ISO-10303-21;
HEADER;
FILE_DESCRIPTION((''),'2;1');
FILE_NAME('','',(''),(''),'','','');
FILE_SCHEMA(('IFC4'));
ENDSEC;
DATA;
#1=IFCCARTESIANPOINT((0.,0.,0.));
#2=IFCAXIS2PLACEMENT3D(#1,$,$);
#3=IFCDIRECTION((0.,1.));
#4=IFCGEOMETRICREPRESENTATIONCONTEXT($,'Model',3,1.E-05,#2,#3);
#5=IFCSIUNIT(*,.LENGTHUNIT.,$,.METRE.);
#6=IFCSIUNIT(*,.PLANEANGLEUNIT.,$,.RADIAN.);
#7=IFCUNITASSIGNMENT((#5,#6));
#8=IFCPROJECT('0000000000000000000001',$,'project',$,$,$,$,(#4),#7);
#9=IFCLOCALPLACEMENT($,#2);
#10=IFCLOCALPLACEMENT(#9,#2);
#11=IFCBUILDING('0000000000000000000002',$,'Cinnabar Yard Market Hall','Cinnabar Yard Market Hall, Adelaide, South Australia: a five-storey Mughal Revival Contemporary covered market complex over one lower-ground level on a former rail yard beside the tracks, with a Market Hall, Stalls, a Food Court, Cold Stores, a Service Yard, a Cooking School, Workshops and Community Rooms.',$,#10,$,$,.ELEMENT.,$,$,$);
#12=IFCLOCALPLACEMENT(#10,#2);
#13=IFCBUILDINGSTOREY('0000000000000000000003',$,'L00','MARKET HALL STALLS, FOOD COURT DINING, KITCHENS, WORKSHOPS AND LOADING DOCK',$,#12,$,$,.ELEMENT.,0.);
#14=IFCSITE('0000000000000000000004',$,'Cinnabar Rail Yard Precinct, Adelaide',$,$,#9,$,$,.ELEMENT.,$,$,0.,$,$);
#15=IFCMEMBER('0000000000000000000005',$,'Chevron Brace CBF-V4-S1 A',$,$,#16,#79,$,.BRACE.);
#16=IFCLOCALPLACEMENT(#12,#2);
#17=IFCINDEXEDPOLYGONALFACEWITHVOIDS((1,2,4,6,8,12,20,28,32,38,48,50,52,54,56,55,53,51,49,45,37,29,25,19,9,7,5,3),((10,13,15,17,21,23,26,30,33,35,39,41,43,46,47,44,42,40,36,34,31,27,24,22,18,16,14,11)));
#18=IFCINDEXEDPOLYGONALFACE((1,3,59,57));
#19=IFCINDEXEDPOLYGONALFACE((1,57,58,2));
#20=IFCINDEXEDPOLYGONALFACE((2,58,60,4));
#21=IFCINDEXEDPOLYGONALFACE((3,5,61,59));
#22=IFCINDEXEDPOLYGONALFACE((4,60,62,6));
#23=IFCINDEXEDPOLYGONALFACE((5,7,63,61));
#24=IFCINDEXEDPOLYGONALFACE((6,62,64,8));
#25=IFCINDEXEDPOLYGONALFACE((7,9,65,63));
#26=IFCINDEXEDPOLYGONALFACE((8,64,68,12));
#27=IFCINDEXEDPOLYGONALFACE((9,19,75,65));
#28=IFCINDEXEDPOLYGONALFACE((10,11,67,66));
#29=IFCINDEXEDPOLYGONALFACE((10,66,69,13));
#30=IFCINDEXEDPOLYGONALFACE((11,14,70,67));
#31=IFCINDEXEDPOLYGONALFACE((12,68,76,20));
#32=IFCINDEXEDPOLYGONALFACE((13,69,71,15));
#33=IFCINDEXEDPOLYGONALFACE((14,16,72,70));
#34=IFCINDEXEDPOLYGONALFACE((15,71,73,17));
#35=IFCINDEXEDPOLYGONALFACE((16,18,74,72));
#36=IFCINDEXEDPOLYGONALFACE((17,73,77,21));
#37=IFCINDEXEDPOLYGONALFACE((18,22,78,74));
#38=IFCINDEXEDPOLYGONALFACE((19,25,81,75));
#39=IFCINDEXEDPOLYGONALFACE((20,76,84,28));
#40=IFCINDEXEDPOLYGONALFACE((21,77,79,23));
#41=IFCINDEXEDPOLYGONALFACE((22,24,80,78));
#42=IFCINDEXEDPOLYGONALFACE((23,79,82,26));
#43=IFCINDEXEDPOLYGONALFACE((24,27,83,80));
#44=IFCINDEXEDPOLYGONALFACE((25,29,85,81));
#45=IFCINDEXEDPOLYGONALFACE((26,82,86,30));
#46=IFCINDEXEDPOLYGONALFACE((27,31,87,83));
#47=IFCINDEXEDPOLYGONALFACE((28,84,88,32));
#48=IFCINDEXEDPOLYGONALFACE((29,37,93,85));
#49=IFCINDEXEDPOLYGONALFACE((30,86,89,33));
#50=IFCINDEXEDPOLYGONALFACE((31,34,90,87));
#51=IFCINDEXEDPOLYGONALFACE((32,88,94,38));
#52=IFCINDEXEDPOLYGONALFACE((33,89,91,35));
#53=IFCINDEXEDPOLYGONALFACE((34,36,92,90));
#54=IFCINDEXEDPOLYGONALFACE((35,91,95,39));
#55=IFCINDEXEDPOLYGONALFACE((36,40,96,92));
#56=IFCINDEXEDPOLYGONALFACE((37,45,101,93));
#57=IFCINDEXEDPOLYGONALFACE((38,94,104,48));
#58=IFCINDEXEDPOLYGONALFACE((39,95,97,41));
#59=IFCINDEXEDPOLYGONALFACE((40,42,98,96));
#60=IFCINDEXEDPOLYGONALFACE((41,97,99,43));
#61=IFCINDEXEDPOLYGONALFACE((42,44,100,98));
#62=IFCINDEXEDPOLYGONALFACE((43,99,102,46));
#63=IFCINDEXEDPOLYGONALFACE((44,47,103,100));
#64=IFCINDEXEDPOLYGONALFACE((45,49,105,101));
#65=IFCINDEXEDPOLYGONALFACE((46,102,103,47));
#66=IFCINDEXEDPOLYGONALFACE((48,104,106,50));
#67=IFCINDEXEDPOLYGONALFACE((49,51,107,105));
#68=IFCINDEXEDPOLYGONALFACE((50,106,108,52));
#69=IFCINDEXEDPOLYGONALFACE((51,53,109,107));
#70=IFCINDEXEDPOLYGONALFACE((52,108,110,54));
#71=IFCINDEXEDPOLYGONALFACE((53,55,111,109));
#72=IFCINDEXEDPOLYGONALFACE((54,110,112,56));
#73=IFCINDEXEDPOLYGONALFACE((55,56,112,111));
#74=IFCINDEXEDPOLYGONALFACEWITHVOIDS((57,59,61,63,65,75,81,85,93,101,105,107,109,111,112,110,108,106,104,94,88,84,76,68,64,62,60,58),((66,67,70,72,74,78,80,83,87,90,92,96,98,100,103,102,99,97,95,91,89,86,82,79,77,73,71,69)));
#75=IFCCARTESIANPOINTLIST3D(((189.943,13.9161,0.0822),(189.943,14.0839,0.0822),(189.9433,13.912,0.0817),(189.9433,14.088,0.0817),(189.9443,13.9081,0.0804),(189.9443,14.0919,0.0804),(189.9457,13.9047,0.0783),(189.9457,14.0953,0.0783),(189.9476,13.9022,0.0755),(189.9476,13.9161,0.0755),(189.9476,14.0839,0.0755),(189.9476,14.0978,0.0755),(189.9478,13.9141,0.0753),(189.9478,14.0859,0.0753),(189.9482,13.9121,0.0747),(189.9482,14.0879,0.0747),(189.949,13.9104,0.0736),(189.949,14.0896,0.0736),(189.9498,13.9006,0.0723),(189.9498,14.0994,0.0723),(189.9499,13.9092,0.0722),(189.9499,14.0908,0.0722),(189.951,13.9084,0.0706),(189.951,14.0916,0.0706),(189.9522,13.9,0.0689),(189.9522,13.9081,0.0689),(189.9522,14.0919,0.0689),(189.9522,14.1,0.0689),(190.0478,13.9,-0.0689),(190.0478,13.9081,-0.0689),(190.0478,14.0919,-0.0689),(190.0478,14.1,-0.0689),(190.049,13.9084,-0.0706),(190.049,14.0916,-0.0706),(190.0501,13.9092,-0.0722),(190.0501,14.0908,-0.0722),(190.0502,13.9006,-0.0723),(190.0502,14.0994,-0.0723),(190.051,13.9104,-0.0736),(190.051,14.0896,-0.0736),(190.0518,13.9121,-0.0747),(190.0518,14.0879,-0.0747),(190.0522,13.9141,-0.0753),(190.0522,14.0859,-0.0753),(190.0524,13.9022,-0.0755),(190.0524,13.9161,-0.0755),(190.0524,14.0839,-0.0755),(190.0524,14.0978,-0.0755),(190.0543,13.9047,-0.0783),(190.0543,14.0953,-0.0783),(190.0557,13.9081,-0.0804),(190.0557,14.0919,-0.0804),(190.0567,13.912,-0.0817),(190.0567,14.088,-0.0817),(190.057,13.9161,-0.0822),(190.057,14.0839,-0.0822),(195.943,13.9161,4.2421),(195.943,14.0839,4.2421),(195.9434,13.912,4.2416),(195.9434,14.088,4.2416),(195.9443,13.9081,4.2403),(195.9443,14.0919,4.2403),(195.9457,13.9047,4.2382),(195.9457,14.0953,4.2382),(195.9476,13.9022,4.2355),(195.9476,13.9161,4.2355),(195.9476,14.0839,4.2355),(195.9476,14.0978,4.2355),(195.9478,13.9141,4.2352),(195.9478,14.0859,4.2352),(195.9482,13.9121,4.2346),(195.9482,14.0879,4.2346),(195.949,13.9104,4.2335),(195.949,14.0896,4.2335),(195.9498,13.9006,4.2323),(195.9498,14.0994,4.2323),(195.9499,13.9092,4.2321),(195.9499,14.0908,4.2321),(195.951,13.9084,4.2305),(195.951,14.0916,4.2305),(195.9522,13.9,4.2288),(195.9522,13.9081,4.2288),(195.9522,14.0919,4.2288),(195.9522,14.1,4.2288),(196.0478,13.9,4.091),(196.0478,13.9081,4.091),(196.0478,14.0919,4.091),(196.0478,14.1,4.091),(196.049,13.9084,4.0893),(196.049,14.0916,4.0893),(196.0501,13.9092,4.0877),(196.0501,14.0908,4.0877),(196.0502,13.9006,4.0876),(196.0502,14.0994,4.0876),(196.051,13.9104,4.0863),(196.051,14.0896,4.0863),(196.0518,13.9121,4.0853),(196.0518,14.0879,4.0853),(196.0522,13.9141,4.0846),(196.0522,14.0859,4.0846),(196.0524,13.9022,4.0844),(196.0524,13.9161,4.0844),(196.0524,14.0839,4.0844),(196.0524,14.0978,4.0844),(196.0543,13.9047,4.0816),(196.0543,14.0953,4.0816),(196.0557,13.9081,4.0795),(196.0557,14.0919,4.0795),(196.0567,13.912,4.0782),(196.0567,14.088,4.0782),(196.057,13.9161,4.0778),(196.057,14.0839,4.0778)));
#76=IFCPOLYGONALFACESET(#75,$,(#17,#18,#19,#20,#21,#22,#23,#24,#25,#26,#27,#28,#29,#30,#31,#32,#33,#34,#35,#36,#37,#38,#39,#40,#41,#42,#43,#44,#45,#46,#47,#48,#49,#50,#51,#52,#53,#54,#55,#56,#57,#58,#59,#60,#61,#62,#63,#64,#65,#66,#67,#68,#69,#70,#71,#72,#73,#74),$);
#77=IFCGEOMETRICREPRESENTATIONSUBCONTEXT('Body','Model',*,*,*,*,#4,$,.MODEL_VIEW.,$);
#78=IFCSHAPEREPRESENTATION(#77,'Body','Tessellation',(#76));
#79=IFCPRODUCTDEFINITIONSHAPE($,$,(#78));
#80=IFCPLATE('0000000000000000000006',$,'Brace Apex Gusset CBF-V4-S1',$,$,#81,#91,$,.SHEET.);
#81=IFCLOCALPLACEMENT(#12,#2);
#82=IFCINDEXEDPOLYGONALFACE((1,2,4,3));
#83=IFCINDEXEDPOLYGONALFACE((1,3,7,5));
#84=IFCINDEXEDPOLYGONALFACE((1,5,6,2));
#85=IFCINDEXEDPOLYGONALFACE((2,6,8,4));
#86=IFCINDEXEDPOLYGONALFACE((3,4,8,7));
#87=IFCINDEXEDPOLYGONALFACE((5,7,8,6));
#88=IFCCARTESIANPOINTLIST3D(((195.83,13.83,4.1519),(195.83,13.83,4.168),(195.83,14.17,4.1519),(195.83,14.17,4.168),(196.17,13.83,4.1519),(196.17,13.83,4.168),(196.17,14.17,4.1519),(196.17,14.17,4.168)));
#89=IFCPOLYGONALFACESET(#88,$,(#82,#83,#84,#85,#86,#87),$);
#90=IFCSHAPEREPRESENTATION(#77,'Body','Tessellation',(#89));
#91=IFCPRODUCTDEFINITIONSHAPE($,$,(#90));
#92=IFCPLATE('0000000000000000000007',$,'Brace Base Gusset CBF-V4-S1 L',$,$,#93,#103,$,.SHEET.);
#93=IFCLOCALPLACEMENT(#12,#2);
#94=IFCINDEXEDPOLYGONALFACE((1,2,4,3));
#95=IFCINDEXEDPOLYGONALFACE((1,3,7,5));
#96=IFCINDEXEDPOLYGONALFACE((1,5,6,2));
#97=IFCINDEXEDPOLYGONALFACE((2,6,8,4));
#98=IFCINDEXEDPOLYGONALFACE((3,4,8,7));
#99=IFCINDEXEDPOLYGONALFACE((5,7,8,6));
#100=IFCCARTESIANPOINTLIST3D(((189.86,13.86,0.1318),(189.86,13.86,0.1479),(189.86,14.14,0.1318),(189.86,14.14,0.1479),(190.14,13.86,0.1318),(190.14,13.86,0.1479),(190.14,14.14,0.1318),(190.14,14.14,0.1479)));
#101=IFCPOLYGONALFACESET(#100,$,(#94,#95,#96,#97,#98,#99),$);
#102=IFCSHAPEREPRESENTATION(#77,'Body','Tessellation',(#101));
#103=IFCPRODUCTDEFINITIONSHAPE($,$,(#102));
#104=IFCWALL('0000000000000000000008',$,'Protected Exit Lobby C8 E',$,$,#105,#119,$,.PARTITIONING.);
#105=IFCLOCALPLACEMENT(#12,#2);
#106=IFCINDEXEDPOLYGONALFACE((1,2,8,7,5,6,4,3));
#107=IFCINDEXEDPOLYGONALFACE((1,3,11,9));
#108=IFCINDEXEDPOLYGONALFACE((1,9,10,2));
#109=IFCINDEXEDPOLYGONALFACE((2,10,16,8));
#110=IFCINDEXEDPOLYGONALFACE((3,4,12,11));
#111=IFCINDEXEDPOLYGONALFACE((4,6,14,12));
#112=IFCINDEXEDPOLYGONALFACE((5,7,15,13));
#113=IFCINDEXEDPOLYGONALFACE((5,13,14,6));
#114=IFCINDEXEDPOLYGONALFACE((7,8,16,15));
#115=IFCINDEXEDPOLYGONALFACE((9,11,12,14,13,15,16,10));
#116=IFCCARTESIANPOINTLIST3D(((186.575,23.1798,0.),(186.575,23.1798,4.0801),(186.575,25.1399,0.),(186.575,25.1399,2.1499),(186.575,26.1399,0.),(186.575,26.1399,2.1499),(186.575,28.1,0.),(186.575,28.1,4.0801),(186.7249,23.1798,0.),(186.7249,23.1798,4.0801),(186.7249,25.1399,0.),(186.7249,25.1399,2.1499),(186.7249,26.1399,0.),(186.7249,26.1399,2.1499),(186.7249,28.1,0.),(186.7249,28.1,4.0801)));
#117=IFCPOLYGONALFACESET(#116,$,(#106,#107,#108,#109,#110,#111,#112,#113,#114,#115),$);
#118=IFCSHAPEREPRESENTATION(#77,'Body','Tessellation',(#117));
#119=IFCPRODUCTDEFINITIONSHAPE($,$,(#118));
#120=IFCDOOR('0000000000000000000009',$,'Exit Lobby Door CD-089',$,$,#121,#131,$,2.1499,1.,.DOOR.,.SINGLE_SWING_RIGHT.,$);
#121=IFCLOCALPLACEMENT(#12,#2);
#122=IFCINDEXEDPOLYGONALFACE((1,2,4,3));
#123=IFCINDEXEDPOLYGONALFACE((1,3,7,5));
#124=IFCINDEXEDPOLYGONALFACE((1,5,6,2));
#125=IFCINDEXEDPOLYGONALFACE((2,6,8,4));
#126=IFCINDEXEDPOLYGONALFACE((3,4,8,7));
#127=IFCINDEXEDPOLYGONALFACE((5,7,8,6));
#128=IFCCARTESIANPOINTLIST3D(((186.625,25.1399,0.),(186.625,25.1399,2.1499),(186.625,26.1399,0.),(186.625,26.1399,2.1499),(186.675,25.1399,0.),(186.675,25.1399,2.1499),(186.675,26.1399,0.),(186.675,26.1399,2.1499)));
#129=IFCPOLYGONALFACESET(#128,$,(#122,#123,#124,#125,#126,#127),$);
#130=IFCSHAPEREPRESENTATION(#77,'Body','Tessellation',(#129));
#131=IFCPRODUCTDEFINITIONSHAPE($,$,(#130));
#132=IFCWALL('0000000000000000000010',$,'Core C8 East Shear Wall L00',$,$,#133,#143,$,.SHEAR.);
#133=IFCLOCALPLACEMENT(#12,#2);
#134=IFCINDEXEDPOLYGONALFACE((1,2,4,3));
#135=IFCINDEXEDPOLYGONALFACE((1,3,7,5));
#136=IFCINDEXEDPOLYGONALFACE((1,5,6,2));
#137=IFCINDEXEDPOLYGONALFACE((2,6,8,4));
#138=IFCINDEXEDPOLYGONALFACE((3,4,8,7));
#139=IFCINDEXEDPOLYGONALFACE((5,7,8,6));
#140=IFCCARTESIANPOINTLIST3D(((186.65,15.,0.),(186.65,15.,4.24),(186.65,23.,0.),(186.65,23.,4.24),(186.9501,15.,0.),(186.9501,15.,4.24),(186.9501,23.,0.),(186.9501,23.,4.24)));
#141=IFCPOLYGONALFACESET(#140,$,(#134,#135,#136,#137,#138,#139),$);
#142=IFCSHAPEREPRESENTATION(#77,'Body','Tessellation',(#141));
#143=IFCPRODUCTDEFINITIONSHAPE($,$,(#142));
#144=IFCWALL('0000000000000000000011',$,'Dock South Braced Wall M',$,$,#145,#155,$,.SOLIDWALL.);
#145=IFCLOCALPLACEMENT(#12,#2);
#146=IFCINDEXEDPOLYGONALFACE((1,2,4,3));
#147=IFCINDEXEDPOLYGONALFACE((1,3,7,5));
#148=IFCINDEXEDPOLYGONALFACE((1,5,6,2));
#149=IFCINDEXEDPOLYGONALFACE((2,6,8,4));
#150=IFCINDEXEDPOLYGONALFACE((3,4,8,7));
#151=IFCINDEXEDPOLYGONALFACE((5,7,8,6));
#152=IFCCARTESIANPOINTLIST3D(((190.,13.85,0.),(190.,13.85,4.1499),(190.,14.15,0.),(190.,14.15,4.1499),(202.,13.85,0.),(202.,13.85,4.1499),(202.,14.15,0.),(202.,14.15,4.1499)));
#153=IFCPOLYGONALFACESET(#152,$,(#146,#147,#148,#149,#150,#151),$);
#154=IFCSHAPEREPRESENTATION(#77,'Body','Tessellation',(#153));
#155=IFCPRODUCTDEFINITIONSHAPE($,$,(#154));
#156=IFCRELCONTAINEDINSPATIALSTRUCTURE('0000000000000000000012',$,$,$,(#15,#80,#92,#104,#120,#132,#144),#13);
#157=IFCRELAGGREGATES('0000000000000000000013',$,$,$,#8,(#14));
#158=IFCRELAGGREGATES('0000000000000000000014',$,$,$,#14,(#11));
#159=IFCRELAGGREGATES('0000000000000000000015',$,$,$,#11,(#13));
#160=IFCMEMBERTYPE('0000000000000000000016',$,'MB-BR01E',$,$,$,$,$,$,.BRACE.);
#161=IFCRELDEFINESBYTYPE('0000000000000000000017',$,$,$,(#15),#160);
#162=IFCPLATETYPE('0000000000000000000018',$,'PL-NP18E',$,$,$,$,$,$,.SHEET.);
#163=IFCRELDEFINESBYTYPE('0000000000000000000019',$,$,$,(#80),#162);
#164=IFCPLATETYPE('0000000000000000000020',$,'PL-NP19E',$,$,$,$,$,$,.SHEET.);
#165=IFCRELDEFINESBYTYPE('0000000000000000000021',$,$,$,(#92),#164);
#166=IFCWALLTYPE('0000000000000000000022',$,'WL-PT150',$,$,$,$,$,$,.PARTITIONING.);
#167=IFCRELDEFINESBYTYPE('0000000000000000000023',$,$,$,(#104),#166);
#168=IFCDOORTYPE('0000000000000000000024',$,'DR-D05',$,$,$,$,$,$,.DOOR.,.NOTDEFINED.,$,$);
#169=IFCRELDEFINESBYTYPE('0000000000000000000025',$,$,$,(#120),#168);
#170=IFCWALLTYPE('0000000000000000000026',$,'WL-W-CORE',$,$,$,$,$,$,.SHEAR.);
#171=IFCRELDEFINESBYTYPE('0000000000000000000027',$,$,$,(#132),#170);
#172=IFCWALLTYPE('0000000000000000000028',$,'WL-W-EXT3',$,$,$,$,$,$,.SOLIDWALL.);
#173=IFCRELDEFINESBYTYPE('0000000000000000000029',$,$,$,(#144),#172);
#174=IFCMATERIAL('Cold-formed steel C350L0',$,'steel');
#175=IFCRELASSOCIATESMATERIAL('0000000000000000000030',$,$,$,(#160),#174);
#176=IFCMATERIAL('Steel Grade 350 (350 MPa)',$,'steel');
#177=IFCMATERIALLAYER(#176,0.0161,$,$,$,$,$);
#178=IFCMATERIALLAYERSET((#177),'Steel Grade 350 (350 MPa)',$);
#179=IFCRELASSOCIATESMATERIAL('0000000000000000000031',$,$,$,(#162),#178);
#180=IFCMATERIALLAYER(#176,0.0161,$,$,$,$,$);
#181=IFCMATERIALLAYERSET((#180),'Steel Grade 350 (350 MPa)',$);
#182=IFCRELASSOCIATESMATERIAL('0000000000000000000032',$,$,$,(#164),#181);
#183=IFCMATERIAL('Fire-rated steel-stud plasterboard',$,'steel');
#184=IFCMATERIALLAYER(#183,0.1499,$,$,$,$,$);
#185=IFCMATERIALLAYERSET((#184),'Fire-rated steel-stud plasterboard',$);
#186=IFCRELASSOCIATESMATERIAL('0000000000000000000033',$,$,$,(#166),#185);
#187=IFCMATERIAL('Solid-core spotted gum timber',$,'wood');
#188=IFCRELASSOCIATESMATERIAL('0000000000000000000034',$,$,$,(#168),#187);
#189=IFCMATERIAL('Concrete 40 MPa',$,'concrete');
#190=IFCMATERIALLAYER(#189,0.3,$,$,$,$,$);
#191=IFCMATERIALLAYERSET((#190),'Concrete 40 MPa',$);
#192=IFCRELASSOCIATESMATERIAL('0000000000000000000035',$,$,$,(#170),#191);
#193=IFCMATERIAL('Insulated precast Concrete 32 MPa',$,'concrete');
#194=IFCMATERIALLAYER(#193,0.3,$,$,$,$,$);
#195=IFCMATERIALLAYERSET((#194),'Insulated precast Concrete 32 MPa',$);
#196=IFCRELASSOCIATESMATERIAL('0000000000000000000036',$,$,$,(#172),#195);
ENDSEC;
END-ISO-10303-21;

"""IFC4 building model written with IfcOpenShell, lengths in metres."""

from ifc_helpers import new_model, si_unit, direction, frame, frame_2d, origin, origin_2d_with_axis, place, context, subcontext, project, spatial, rectangle, hollow_rectangle, extrude, material, layer, layer_set, material_profile, profile_set, type_object, element, fill, save


model = new_model("IFC4")

# Units and contexts
model_context = context("Model", 3, precision=1e-05, world=origin(), true_north=direction((0.0, 1.0)))
body_context = subcontext(model_context, "Body", "Model", "MODEL_VIEW")
ifc_project = project(units=[si_unit("LENGTHUNIT", "METRE"), si_unit("PLANEANGLEUNIT", "RADIAN")], contexts=[model_context])

# Site, building, storey
site_placement = place(None, origin())
site = spatial("IfcSite", under=ifc_project, at=site_placement, Name="Cinnabar Rail Yard Precinct, Adelaide", CompositionType="ELEMENT", RefElevation=0.0)
building_placement = place(site_placement, origin())
building = spatial("IfcBuilding", under=site, at=building_placement, Name="Cinnabar Yard Market Hall", Description="Cinnabar Yard Market Hall, Adelaide, South Australia: a five-storey Mughal Revival Contemporary covered market complex over one lower-ground level on a former rail yard beside the tracks, with a Market Hall, Stalls, a Food Court, Cold Stores, a Service Yard, a Cooking School, Workshops and Community Rooms.", CompositionType="ELEMENT")
storey_placement = place(building_placement, origin())
storey = spatial("IfcBuildingStorey", under=building, at=storey_placement, Name="L00", Description="MARKET HALL STALLS, FOOD COURT DINING, KITCHENS, WORKSHOPS AND LOADING DOCK", CompositionType="ELEMENT", Elevation=0.0)

# Shared definitions
ifc_material_1 = material(Name="Concrete 40 MPa", Category="concrete")

# Shared definitions
ifc_material_2 = material(Name="Cold-formed steel C350L0", Category="steel")

# Member
ifc_material_profile_1 = material_profile(ifc_material_2, hollow_rectangle(XDim=0.2, YDim=0.2, WallThickness=0.0081, InnerFilletRadius=0.0081, OuterFilletRadius=0.0161, at=origin_2d_with_axis()), Name="200x200x8.0SHS")
ifc_profile_set_1 = profile_set([ifc_material_profile_1], Name="Cold-formed steel C350L0")
member_type = type_object("IfcMemberType", Name="MB-BR01E", PredefinedType="BRACE", material=ifc_profile_set_1)
member_placement = place(storey_placement, frame((190.0, 14.0, 0.0), z_axis=(0.821803, 0.0, 0.569771), x_axis=(0.0, 1.0, 0.0)))
element("IfcMember", 1, at=member_placement, inside=storey, type_object=member_type, Name="Chevron Brace CBF-V4-S1 A", PredefinedType="BRACE", context=body_context, shape_type="SweptSolid", body=[
    extrude(hollow_rectangle(XDim=0.2, YDim=0.2, WallThickness=0.0081, InnerFilletRadius=0.0081, OuterFilletRadius=0.0161, at=origin_2d_with_axis()), origin(), (0.0, 0.0, 1.0), 7.301),
])

# Plates
ifc_material_3 = material(Name="Steel Grade 350 (350 MPa)", Category="steel")
ifc_layer_1 = layer(ifc_material_3, 0.0161)
ifc_layer_set_1 = layer_set([ifc_layer_1], Name="Steel Grade 350 (350 MPa)")
plate_type_1 = type_object("IfcPlateType", Name="PL-NP18E", PredefinedType="SHEET", material=ifc_layer_set_1)
plate_1_placement = place(storey_placement, frame((196.0, 14.0, 4.1519), z_axis=(0.0, 0.0, 1.0), x_axis=(1.0, 0.0, 0.0)))
element("IfcPlate", 2, at=plate_1_placement, inside=storey, type_object=plate_type_1, Name="Brace Apex Gusset CBF-V4-S1", PredefinedType="SHEET", context=body_context, shape_type="SweptSolid", body=[
    extrude(rectangle(XDim=0.3401, YDim=0.3401, at=origin_2d_with_axis()), origin(), (0.0, 0.0, 1.0), 0.0161),
])
ifc_layer_2 = layer(ifc_material_3, 0.0161)
ifc_layer_set_2 = layer_set([ifc_layer_2], Name="Steel Grade 350 (350 MPa)")
plate_type_2 = type_object("IfcPlateType", Name="PL-NP19E", PredefinedType="SHEET", material=ifc_layer_set_2)
plate_2_placement = place(storey_placement, frame((190.0, 14.0, 0.1318), z_axis=(0.0, 0.0, 1.0), x_axis=(1.0, 0.0, 0.0)))
element("IfcPlate", 3, at=plate_2_placement, inside=storey, type_object=plate_type_2, Name="Brace Base Gusset CBF-V4-S1 L", PredefinedType="SHEET", context=body_context, shape_type="SweptSolid", body=[
    extrude(rectangle(XDim=0.28, YDim=0.28, at=origin_2d_with_axis()), origin(), (0.0, 0.0, 1.0), 0.0161),
])

# Wall, opening, door
ifc_material_4 = material(Name="Fire-rated steel-stud plasterboard", Category="steel")
ifc_layer_3 = layer(ifc_material_4, 0.1499)
ifc_layer_set_3 = layer_set([ifc_layer_3], Name="Fire-rated steel-stud plasterboard")
wall_type_1 = type_object("IfcWallType", Name="WL-PT150", PredefinedType="PARTITIONING", material=ifc_layer_set_3)
wall_1_placement = place(storey_placement, frame((186.6499, 23.1799, 0.0), z_axis=(0.0, 0.0, 1.0), x_axis=(0.0, 1.0, 0.0)))
wall_1 = element("IfcWall", 4, at=wall_1_placement, inside=storey, type_object=wall_type_1, Name="Protected Exit Lobby C8 E", PredefinedType="PARTITIONING", context=body_context, shape_type="SweptSolid", body=[
    extrude(rectangle(XDim=4.9202, YDim=0.1499, at=frame_2d((2.46, 0.0), x_axis=(1.0, 0.0))), origin(), (0.0, 0.0, 1.0), 4.0801),
])
opening_1_placement = place(wall_1_placement, frame((1.96, 0.0, 0.0)))
opening_1 = element("IfcOpeningElement", 5, at=opening_1_placement, cuts=wall_1, PredefinedType="OPENING", context=body_context, shape_type="SweptSolid", body=[
    extrude(rectangle(XDim=1.0, YDim=2.1499, at=frame_2d((0.5, 1.075), x_axis=(1.0, 0.0))), frame((0.0, 0.085, 0.0), z_axis=(0.0, -1.0, 0.0), x_axis=(1.0, 0.0, 0.0)), (0.0, 0.0, 1.0), 0.1699),
])
ifc_material_5 = material(Name="Solid-core spotted gum timber", Category="wood")
door_type_1 = type_object("IfcDoorType", Name="DR-D05", OperationType="NOTDEFINED", PredefinedType="DOOR", material=ifc_material_5)
door_1_placement = place(opening_1_placement, origin())
door_1 = element("IfcDoor", 6, at=door_1_placement, inside=storey, type_object=door_type_1, Name="Exit Lobby Door CD-089", OperationType="SINGLE_SWING_RIGHT", OverallHeight=2.1499, OverallWidth=1.0, PredefinedType="DOOR", context=body_context, shape_type="SweptSolid", body=[
    extrude(rectangle(XDim=1.0, YDim=2.1499, at=frame_2d((0.5, 1.075), x_axis=(1.0, 0.0))), frame((0.0, 0.0249, 0.0), z_axis=(0.0, -1.0, 0.0), x_axis=(1.0, 0.0, 0.0)), (0.0, 0.0, 1.0), 0.05),
])
fill(opening_1, door_1)

# Wall
ifc_layer_4 = layer(ifc_material_1, 0.3)
ifc_layer_set_4 = layer_set([ifc_layer_4], Name="Concrete 40 MPa")
wall_type_2 = type_object("IfcWallType", Name="WL-W-CORE", PredefinedType="SHEAR", material=ifc_layer_set_4)
wall_2_placement = place(storey_placement, frame((186.8, 15.0, 0.0), z_axis=(0.0, 0.0, 1.0), x_axis=(0.0, 1.0, 0.0)))
element("IfcWall", 7, at=wall_2_placement, inside=storey, type_object=wall_type_2, Name="Core C8 East Shear Wall L00", PredefinedType="SHEAR", context=body_context, shape_type="SweptSolid", body=[
    extrude(rectangle(XDim=8.0, YDim=0.3, at=frame_2d((4.0, 0.0), x_axis=(1.0, 0.0))), origin(), (0.0, 0.0, 1.0), 4.24),
])

# Wall
ifc_material_6 = material(Name="Insulated precast Concrete 32 MPa", Category="concrete")
ifc_layer_5 = layer(ifc_material_6, 0.3)
ifc_layer_set_5 = layer_set([ifc_layer_5], Name="Insulated precast Concrete 32 MPa")
wall_type_3 = type_object("IfcWallType", Name="WL-W-EXT3", PredefinedType="SOLIDWALL", material=ifc_layer_set_5)
wall_3_placement = place(storey_placement, frame((190.0, 14.0, 0.0), z_axis=(0.0, 0.0, 1.0), x_axis=(1.0, 0.0, 0.0)))
element("IfcWall", 8, at=wall_3_placement, inside=storey, type_object=wall_type_3, Name="Dock South Braced Wall M", PredefinedType="SOLIDWALL", context=body_context, shape_type="SweptSolid", body=[
    extrude(rectangle(XDim=12.0, YDim=0.3, at=frame_2d((6.0, 0.0), x_axis=(1.0, 0.0))), origin(), (0.0, 0.0, 1.0), 4.1499),
])

save(model, "model.ifc")
